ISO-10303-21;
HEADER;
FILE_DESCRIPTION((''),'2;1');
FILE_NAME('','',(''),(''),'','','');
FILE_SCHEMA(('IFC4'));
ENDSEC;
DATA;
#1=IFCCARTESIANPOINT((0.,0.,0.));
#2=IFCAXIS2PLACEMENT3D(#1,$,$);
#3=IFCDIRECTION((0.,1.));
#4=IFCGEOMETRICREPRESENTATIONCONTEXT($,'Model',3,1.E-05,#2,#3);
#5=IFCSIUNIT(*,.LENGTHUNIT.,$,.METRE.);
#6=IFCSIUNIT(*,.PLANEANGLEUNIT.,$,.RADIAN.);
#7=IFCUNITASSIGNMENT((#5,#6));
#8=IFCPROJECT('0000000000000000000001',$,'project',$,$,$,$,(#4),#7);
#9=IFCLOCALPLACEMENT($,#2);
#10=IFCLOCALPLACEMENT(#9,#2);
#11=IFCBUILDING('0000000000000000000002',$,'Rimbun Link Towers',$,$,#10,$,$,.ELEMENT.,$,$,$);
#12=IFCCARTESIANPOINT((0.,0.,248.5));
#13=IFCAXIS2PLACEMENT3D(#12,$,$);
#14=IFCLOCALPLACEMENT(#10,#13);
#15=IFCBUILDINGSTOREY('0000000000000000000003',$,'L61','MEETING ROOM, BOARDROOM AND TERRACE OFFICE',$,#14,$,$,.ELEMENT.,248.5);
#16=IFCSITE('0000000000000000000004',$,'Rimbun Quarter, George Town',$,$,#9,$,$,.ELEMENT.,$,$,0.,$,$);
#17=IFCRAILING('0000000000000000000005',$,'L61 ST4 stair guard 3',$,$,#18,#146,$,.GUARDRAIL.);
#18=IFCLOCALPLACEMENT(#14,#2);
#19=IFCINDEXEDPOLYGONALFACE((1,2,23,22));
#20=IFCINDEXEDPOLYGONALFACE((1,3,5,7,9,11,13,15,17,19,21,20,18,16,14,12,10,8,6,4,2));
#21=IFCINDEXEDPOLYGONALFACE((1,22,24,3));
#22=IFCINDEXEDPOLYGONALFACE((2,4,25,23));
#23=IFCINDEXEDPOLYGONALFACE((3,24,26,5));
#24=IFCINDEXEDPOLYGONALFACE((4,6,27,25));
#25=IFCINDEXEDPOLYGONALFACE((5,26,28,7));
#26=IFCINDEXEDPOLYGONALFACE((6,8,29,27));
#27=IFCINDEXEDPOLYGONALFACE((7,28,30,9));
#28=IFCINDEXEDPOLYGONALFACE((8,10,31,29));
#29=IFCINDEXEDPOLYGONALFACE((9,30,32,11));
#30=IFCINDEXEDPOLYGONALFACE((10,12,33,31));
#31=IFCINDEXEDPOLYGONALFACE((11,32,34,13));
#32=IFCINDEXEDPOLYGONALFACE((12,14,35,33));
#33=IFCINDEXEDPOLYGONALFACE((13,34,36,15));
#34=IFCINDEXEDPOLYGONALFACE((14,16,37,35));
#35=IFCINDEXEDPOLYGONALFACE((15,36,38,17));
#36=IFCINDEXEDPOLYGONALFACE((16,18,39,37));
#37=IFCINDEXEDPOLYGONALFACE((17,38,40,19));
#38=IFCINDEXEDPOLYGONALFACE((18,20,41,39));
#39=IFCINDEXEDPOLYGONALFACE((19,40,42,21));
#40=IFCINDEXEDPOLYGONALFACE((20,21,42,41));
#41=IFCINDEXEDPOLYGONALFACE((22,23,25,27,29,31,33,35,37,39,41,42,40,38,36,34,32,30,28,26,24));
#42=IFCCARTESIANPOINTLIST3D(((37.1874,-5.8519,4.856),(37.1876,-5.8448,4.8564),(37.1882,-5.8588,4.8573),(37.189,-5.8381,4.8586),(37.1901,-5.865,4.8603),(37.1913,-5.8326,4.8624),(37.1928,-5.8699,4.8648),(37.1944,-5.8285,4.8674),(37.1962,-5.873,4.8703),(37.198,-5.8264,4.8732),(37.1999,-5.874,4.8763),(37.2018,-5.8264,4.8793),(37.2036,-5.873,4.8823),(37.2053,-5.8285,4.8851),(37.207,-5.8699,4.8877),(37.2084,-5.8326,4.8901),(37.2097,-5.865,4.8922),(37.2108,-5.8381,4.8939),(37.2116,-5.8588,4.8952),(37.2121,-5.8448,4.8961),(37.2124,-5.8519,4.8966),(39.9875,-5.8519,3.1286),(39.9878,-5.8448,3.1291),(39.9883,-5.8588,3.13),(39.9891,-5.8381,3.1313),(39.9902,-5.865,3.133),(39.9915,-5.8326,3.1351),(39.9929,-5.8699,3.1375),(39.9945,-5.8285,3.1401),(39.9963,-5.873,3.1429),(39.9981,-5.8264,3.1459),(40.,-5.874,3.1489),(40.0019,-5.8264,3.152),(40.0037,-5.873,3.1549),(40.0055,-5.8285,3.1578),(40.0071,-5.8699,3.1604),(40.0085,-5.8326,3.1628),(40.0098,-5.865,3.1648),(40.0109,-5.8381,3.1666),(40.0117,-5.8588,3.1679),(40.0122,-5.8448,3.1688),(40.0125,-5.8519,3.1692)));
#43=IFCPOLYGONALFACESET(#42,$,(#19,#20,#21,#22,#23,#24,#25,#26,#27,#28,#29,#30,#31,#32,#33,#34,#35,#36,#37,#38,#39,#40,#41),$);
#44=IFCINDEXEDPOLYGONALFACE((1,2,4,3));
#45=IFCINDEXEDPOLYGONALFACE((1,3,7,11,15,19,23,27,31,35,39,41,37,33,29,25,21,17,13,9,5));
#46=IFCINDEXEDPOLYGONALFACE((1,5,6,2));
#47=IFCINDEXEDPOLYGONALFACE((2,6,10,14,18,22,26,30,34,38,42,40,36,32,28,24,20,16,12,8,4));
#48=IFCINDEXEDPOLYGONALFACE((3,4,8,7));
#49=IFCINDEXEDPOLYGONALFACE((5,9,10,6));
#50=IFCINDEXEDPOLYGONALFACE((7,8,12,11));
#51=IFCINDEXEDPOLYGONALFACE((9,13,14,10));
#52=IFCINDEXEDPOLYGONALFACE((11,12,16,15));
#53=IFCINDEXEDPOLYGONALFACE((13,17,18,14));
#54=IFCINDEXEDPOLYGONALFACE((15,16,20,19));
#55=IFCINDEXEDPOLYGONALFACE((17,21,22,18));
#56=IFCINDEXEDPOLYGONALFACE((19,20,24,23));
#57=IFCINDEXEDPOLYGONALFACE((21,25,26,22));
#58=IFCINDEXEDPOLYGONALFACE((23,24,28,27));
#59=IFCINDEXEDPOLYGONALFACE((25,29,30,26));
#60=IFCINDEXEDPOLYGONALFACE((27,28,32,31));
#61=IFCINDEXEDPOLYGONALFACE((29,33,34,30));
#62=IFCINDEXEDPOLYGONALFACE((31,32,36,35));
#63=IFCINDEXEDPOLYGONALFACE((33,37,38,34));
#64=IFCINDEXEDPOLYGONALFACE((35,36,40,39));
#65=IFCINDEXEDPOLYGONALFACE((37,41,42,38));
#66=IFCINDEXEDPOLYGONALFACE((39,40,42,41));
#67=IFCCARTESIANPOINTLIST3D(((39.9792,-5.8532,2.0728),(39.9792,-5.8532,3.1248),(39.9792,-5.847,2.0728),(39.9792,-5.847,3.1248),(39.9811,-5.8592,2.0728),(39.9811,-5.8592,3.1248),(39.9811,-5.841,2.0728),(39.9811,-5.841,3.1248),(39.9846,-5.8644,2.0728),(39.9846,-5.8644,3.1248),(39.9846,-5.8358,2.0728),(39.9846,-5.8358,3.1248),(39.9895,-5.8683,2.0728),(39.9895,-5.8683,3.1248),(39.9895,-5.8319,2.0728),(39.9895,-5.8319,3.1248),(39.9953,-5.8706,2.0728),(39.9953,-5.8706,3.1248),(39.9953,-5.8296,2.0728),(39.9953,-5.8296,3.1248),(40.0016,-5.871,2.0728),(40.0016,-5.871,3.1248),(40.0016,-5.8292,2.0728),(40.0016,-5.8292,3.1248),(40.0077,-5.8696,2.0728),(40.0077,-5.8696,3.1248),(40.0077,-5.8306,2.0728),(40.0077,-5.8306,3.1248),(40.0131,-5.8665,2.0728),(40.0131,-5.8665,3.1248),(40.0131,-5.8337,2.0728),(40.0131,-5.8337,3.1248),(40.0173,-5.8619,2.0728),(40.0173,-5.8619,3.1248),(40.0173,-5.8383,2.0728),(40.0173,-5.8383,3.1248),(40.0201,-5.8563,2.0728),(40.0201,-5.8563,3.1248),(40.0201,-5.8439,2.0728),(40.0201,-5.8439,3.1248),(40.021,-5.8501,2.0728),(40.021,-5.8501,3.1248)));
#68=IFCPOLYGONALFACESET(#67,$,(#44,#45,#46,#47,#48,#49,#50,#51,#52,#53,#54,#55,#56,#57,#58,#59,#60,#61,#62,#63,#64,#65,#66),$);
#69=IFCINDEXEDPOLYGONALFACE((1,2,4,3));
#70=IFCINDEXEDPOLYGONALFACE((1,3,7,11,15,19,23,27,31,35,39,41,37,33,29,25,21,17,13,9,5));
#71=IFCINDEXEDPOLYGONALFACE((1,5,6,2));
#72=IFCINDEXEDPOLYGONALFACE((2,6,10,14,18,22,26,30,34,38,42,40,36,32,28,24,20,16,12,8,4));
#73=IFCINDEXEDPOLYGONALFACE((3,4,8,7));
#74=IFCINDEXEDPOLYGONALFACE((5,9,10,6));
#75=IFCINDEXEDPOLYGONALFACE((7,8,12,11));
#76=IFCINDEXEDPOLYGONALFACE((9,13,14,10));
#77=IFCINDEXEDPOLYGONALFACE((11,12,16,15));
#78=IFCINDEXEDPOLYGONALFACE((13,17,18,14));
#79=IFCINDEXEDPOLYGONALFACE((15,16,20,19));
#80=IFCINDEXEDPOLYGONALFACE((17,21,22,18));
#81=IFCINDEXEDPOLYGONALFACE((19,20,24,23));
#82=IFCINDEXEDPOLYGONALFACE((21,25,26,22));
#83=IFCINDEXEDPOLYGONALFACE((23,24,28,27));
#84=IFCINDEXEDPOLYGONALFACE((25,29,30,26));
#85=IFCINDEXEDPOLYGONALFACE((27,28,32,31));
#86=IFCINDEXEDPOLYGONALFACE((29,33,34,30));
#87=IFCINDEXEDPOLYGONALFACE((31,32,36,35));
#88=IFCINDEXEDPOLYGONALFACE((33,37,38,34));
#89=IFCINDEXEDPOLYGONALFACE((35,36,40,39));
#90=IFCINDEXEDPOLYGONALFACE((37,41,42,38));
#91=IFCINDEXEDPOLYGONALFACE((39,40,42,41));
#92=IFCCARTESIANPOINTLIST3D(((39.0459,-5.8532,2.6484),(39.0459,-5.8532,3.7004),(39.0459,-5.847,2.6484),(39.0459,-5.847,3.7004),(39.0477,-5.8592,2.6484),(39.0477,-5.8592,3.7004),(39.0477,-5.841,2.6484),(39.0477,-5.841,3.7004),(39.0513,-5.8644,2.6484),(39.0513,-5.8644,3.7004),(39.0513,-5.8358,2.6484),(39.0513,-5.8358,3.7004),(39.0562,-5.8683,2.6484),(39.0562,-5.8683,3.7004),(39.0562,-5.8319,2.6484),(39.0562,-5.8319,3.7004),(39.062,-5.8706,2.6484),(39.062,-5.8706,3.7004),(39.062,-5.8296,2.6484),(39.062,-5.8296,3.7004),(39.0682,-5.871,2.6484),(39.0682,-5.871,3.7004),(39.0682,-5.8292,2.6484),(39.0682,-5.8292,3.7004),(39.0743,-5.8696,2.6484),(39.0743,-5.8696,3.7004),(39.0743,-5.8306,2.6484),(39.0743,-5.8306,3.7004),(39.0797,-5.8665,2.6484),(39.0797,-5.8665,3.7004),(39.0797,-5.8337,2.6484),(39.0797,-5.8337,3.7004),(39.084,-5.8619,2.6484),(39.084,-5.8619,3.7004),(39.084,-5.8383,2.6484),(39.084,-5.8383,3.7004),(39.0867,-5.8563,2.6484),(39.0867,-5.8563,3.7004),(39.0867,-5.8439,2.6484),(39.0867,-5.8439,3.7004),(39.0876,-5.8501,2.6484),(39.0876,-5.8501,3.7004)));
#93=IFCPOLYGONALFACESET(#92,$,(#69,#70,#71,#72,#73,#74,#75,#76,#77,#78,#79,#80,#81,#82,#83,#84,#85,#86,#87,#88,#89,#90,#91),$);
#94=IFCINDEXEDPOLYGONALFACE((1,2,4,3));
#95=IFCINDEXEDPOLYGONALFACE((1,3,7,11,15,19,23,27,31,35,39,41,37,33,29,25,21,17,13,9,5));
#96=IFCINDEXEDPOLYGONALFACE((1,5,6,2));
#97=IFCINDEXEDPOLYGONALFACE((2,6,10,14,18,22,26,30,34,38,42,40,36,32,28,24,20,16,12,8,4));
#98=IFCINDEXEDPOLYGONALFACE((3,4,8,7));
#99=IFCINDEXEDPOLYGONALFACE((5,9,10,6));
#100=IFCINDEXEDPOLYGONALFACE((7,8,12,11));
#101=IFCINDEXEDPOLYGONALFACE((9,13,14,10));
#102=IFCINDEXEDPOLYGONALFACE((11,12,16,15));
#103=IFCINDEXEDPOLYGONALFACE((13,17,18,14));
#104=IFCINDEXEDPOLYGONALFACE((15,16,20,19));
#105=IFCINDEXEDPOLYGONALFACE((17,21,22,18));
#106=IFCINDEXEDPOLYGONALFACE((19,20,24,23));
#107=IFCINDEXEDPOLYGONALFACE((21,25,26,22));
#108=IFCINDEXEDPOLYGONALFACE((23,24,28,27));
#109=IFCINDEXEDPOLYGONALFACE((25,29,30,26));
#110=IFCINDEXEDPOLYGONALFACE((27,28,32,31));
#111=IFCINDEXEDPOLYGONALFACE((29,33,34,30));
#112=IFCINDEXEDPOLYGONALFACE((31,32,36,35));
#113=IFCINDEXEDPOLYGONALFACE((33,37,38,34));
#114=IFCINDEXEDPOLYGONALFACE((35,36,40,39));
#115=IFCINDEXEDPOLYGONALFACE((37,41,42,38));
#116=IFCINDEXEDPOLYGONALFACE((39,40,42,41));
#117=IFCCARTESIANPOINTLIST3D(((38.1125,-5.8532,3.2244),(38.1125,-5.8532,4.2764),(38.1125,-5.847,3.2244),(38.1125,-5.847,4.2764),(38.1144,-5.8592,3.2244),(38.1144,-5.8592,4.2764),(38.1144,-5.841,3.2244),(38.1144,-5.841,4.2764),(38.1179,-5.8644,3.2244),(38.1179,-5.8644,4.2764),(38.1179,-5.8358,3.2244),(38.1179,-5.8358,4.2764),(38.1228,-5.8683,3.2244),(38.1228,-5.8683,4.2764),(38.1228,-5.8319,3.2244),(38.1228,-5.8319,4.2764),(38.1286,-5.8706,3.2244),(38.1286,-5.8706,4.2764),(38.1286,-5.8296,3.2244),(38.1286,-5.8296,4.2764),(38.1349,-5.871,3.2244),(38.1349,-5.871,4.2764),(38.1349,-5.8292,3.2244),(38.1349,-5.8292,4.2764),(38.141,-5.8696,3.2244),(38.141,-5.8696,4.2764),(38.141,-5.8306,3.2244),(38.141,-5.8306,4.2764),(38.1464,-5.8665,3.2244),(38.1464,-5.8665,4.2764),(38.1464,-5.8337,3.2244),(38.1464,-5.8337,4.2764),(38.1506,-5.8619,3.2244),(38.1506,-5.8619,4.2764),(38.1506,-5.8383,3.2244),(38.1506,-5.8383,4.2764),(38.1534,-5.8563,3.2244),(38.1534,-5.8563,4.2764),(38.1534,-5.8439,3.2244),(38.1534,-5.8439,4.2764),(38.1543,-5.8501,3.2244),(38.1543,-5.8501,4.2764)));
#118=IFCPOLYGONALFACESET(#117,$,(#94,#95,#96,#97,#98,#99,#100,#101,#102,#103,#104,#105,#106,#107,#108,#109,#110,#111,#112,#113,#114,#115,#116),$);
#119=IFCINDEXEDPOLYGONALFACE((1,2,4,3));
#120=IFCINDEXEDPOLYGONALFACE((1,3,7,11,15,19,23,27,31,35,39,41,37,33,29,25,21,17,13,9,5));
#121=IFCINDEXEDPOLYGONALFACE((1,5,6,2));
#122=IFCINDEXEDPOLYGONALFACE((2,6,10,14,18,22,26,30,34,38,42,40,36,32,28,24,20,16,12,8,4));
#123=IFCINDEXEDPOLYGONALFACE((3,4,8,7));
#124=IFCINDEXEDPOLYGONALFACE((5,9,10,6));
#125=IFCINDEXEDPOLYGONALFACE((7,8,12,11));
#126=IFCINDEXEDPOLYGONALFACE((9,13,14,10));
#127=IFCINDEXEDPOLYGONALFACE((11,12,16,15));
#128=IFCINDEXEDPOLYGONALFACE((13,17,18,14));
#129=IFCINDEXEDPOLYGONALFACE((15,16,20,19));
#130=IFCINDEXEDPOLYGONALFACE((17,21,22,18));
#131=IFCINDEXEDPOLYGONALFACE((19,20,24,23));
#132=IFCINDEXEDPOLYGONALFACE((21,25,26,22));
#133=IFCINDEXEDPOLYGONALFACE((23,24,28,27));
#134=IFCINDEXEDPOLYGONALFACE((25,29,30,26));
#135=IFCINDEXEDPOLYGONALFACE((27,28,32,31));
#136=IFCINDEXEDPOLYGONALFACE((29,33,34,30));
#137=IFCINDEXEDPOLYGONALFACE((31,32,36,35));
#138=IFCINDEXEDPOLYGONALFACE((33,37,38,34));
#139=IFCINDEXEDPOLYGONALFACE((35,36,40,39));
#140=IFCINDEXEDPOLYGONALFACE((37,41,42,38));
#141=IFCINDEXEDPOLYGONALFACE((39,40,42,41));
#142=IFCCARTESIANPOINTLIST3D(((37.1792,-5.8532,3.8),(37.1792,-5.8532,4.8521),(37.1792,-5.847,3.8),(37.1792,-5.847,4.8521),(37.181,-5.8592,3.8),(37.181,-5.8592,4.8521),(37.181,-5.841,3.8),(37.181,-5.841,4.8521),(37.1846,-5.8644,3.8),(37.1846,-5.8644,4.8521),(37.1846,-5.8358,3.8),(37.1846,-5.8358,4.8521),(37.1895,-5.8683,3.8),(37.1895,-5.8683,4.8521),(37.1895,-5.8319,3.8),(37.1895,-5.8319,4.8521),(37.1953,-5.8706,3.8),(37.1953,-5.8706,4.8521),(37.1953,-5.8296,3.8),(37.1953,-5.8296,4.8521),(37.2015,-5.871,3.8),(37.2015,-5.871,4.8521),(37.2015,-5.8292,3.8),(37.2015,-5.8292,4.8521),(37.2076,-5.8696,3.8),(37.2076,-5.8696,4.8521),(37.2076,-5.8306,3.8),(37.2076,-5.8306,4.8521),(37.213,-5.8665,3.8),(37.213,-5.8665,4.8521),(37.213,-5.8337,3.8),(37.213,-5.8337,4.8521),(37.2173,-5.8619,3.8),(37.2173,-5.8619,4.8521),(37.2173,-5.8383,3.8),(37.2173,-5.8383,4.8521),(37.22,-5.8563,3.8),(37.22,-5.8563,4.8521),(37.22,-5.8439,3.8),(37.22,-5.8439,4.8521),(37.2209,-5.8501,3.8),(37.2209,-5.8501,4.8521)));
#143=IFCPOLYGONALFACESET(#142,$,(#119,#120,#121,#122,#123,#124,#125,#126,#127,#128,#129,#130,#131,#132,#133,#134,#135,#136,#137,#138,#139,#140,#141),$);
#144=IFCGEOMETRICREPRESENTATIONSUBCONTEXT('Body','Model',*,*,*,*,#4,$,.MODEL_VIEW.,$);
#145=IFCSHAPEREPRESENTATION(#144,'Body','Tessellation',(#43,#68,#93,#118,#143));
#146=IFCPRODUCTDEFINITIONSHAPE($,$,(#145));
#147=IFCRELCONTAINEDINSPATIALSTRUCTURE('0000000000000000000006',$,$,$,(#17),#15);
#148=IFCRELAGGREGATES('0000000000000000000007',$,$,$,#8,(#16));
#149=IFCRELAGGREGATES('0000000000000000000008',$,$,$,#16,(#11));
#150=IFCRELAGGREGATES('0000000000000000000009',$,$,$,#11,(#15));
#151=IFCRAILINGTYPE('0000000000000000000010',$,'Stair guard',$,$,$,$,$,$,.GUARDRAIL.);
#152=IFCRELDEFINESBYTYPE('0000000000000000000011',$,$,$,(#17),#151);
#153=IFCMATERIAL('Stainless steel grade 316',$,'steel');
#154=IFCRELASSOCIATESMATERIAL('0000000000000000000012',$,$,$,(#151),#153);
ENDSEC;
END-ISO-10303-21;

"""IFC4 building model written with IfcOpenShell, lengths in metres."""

from ifc_helpers import new_model, si_unit, direction, frame, origin, origin_2d, place, context, subcontext, project, spatial, circle, extrude, material, type_object, element, save


model = new_model("IFC4")

# Units and contexts
model_context = context("Model", 3, precision=1e-05, world=origin(), true_north=direction((0.0, 1.0)))
body_context = subcontext(model_context, "Body", "Model", "MODEL_VIEW")
ifc_project = project(units=[si_unit("LENGTHUNIT", "METRE"), si_unit("PLANEANGLEUNIT", "RADIAN")], contexts=[model_context])

# Site, building, storey
site_placement = place(None, origin())
site = spatial("IfcSite", under=ifc_project, at=site_placement, Name="Rimbun Quarter, George Town", CompositionType="ELEMENT", RefElevation=0.0)
building_placement = place(site_placement, origin())
building = spatial("IfcBuilding", under=site, at=building_placement, Name="Rimbun Link Towers", CompositionType="ELEMENT")
storey_placement = place(building_placement, frame((0.0, 0.0, 248.5)))
storey = spatial("IfcBuildingStorey", under=building, at=storey_placement, Name="L61", Description="MEETING ROOM, BOARDROOM AND TERRACE OFFICE", CompositionType="ELEMENT", Elevation=248.5)

# Railing
ifc_material_1 = material(Name="Stainless steel grade 316", Category="steel")
railing_type_1 = type_object("IfcRailingType", Name="Stair guard", PredefinedType="GUARDRAIL", material=ifc_material_1)
railing_1_placement = place(storey_placement, frame((40.0, -5.8501, 2.0728)))
element("IfcRailing", 1, at=railing_1_placement, inside=storey, type_object=railing_type_1, Name="L61 ST4 stair guard 3", PredefinedType="GUARDRAIL", context=body_context, shape_type="SweptSolid", body=[
    extrude(circle(Radius=0.0239, at=origin_2d()), frame((0.0, 0.0, 1.0762), z_axis=(-0.85109, 0.0, 0.52502), x_axis=(0.0, -1.0, 0.0)), (0.0, 0.0, 1.0), 3.29),
    extrude(circle(Radius=0.021, at=origin_2d()), origin(), (0.0, 0.0, 1.0), 1.052),
    extrude(circle(Radius=0.021, at=origin_2d()), frame((-0.9333, 0.0, 0.5757)), (0.0, 0.0, 1.0), 1.052),
    extrude(circle(Radius=0.021, at=origin_2d()), frame((-1.8667, 0.0, 1.1516)), (0.0, 0.0, 1.0), 1.052),
    extrude(circle(Radius=0.021, at=origin_2d()), frame((-2.8, 0.0, 1.7273)), (0.0, 0.0, 1.0), 1.052),
])

save(model, "model.ifc")
